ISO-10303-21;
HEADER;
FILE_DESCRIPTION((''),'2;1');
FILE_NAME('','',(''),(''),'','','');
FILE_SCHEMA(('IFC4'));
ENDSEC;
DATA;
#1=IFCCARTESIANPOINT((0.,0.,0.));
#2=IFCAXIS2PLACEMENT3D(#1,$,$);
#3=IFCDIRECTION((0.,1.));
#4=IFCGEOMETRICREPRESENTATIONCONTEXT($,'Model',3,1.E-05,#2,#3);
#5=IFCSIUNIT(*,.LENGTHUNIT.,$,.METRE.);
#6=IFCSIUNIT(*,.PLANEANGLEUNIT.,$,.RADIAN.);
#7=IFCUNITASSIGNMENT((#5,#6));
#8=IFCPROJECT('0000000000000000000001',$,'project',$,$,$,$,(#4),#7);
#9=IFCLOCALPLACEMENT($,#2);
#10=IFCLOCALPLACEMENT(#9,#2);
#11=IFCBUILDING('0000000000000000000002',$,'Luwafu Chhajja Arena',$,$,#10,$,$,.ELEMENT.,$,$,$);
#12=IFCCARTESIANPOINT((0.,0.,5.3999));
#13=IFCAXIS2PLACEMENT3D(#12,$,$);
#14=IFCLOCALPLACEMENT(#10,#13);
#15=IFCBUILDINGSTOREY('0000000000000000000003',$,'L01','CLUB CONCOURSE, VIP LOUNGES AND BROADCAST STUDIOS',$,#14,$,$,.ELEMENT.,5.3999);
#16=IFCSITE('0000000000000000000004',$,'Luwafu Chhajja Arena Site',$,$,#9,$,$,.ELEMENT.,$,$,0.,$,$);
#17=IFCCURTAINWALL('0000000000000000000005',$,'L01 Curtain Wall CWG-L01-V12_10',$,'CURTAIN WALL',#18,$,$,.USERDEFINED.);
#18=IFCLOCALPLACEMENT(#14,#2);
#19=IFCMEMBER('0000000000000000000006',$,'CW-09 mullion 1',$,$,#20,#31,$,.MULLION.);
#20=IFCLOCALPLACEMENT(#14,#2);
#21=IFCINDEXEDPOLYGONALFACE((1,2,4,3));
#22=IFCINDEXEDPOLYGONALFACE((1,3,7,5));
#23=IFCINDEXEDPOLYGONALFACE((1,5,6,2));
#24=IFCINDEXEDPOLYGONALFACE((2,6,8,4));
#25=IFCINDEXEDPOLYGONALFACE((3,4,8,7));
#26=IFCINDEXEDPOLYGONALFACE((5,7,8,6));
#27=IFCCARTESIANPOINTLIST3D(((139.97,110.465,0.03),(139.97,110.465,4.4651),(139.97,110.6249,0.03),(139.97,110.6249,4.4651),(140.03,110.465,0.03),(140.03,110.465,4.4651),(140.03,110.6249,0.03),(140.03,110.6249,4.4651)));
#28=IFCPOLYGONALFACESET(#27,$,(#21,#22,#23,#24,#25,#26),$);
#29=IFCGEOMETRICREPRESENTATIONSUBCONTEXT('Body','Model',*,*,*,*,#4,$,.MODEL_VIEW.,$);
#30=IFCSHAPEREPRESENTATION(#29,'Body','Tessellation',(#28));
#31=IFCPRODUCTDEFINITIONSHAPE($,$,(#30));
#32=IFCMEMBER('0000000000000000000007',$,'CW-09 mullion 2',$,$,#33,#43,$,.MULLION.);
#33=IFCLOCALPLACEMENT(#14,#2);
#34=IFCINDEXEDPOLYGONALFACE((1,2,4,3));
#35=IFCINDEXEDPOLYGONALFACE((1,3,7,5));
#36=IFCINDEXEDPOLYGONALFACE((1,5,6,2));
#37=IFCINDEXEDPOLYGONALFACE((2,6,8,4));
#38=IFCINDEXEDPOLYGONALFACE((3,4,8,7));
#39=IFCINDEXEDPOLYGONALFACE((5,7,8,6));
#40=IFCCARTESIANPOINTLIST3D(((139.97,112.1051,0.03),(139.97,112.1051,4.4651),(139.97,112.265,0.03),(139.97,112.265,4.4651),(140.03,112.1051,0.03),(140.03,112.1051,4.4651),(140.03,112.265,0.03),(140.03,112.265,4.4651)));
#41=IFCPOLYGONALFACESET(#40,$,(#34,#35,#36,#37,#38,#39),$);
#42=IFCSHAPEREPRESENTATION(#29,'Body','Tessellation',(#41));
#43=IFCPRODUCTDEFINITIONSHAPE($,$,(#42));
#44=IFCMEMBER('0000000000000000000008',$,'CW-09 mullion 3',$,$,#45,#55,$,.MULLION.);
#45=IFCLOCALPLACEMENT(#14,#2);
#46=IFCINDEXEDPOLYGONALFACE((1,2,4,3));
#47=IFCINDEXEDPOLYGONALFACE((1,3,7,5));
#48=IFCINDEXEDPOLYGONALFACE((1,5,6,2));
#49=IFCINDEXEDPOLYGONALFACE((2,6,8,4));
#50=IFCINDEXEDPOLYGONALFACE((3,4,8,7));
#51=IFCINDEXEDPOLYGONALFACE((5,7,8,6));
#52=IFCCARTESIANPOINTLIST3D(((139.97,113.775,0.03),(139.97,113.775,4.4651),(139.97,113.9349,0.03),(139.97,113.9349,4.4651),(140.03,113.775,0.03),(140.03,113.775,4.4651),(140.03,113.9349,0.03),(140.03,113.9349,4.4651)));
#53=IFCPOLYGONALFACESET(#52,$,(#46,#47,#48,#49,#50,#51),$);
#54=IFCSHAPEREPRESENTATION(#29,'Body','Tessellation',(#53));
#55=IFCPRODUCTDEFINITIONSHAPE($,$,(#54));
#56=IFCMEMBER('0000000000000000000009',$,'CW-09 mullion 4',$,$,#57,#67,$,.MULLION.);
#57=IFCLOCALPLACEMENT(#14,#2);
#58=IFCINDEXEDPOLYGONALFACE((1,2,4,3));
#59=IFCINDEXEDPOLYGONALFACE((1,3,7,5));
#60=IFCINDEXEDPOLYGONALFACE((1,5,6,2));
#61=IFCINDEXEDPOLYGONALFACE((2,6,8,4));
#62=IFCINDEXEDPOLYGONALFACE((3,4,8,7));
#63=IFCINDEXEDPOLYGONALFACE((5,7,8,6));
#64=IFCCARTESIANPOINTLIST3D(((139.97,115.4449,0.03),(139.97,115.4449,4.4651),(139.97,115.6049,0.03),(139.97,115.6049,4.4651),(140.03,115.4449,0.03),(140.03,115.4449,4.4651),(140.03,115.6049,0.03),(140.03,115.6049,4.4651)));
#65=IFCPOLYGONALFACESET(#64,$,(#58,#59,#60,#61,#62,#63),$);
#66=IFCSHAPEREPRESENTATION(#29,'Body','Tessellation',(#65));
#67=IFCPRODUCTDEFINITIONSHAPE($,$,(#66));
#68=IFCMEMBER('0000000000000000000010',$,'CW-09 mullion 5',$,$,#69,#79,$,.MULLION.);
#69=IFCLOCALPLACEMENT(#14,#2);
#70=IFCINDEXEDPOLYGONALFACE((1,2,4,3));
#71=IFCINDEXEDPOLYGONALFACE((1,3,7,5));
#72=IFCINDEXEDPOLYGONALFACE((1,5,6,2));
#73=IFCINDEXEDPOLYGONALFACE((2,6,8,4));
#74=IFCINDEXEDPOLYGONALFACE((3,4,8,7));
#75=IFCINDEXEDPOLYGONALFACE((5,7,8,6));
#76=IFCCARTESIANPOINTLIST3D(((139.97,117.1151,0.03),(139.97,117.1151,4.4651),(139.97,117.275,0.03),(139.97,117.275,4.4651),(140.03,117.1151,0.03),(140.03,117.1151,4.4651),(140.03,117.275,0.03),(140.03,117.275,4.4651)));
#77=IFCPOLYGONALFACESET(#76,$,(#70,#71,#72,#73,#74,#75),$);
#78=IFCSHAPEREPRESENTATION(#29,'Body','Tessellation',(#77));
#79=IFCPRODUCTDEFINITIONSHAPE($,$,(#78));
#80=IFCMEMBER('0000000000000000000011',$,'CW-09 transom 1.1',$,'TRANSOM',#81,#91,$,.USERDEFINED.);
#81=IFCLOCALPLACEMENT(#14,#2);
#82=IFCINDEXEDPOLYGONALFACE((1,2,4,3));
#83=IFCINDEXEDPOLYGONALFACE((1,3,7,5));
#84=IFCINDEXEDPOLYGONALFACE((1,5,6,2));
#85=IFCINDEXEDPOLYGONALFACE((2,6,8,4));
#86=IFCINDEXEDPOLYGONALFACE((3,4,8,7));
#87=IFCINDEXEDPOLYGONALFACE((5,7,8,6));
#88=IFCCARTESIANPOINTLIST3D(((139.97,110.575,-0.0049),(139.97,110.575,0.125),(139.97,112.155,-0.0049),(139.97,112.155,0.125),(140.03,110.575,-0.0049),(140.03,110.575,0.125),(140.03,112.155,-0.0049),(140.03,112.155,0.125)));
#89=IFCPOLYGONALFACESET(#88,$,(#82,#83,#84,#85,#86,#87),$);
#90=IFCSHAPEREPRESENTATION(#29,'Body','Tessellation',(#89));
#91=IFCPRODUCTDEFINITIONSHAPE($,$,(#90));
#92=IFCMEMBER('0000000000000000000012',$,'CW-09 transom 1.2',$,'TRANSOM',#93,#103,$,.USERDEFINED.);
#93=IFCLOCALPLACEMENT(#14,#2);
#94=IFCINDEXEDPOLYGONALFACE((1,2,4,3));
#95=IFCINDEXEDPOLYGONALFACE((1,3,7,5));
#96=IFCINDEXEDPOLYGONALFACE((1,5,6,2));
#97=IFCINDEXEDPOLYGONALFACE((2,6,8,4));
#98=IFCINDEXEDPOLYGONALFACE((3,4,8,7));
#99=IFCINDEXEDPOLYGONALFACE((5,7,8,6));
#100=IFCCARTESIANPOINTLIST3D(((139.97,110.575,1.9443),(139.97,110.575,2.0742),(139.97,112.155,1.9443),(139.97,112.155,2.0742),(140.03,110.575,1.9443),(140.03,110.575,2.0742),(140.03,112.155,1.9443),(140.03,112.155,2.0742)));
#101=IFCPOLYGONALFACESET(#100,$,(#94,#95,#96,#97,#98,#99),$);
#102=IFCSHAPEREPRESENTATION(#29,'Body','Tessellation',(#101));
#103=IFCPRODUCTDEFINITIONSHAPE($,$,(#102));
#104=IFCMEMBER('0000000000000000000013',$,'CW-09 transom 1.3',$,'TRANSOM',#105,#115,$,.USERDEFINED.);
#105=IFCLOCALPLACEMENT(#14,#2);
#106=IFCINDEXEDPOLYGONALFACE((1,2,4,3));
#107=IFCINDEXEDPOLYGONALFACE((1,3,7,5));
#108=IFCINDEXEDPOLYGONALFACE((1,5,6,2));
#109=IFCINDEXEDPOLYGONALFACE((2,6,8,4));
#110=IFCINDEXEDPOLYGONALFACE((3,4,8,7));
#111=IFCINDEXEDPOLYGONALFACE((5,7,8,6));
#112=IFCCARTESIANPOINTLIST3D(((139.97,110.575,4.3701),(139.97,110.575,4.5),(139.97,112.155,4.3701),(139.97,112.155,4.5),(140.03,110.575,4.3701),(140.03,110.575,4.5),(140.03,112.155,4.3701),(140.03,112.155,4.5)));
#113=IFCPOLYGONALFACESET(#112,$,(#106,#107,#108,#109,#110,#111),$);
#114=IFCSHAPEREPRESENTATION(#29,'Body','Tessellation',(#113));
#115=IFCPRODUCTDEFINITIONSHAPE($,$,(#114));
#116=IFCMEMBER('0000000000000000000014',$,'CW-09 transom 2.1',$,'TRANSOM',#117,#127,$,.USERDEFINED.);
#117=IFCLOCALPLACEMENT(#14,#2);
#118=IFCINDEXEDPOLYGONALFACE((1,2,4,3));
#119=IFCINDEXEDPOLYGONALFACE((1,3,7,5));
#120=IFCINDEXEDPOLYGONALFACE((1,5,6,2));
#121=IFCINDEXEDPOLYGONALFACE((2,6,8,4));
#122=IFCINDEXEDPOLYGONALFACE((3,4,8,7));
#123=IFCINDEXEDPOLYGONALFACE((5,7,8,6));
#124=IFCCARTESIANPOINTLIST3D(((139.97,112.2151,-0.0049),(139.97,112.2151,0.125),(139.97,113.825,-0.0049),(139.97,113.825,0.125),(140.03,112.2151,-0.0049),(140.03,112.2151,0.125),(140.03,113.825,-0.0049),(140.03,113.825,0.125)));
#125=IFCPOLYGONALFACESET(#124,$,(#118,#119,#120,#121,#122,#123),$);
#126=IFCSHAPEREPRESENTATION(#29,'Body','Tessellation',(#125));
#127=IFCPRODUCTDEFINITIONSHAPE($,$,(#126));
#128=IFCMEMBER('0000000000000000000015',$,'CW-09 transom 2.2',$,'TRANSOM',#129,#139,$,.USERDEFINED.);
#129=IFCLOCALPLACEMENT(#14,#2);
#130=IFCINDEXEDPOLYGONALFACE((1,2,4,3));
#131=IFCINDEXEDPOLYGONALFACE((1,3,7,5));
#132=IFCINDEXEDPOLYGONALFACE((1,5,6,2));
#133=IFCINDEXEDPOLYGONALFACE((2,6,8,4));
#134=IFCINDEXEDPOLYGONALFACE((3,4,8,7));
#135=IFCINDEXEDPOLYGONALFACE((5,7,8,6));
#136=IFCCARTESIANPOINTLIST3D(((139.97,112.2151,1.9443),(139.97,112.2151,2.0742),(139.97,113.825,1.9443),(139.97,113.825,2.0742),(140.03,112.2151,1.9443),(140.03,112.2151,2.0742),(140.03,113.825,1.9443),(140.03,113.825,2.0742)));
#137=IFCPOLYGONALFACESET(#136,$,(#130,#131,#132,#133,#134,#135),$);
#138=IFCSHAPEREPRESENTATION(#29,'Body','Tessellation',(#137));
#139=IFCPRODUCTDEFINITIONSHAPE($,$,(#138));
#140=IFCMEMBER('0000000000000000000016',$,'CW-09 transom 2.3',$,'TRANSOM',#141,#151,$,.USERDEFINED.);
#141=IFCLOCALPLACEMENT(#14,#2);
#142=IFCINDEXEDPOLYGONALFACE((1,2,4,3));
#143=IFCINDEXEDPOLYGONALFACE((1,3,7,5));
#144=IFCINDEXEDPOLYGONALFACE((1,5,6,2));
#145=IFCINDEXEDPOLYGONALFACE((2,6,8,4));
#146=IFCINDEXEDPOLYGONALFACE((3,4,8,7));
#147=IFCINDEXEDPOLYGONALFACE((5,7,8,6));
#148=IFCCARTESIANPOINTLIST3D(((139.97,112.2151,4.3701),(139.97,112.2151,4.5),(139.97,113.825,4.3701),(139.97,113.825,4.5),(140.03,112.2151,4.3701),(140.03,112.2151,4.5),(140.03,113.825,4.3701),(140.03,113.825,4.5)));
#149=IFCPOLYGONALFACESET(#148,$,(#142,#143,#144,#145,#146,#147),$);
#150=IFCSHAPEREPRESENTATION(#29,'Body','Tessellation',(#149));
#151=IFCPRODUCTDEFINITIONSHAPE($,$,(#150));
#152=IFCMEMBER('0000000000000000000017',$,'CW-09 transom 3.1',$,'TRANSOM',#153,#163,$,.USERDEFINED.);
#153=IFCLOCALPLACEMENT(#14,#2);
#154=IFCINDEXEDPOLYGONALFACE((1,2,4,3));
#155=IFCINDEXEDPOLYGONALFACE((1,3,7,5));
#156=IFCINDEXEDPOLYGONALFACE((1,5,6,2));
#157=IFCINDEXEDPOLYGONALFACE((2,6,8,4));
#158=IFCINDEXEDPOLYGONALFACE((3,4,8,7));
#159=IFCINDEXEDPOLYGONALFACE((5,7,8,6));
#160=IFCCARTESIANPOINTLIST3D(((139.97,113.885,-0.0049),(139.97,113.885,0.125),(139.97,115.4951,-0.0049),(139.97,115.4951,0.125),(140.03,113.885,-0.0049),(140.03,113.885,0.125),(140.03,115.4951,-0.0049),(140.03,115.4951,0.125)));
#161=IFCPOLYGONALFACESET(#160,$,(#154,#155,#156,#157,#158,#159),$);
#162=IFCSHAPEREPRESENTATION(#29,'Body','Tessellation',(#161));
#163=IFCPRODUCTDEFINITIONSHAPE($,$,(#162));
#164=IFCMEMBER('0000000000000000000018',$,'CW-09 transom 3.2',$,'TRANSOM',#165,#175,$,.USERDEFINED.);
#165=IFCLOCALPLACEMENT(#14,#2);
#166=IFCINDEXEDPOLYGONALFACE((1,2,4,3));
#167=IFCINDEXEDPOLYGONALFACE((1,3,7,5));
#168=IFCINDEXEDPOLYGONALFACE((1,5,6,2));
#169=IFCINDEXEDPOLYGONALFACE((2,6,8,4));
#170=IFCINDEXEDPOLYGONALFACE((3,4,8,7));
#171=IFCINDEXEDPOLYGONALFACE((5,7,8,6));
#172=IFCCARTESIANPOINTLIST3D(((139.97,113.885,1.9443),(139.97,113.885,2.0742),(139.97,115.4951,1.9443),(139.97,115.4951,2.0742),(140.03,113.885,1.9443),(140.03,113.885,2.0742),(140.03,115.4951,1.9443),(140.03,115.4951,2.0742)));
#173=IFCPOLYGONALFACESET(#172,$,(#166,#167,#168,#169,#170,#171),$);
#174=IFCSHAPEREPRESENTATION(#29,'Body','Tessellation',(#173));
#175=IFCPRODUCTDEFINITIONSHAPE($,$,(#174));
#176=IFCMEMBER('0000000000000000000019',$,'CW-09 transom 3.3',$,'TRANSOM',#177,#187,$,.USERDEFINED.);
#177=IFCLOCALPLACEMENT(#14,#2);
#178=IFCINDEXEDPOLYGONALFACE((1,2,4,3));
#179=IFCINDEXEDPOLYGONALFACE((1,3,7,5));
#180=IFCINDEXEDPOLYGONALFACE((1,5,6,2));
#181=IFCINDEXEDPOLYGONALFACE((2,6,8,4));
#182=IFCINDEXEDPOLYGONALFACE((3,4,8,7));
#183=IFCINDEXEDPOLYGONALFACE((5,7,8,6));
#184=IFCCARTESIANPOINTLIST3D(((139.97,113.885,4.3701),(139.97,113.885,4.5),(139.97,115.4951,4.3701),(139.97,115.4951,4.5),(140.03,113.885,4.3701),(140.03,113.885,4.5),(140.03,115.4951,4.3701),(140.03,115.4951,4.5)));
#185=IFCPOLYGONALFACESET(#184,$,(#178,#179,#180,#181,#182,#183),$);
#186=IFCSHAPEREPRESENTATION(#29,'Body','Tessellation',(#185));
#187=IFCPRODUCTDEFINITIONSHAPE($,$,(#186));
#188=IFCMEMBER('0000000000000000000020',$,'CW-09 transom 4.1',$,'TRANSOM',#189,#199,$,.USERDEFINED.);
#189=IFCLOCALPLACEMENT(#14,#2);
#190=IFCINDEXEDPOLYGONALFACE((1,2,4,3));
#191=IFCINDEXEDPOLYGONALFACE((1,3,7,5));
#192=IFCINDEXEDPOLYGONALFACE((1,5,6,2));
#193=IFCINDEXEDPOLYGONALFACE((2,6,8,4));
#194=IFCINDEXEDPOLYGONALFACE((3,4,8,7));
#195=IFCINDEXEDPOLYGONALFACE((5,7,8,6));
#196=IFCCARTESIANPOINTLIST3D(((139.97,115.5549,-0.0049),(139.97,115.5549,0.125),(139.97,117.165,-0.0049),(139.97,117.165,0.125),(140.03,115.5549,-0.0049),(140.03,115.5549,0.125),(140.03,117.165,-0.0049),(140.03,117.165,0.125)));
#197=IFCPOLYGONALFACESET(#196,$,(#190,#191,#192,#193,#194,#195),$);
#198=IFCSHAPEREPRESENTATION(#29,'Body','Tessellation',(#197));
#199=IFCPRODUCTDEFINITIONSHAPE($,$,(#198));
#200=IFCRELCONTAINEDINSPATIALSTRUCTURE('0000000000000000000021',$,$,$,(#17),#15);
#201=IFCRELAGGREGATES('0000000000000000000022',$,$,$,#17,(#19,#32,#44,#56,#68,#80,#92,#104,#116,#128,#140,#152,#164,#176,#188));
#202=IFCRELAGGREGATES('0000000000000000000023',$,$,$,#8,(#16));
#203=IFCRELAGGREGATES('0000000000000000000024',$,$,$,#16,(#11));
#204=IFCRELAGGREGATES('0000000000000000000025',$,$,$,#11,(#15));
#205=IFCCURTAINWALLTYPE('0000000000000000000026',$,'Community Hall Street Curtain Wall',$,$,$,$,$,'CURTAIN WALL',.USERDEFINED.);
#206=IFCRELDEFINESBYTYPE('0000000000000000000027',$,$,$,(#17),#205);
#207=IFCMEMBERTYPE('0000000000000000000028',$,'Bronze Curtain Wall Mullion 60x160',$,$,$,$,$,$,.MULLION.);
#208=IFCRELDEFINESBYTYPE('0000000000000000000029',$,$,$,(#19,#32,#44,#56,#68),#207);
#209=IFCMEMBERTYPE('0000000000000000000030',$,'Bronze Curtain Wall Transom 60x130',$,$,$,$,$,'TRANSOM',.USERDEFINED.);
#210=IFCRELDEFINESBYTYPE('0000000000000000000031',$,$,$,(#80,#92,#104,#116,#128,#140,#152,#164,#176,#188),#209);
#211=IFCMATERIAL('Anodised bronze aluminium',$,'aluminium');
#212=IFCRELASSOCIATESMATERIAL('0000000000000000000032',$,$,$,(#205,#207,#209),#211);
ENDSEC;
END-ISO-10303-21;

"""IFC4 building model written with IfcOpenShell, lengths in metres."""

from ifc_helpers import new_model, si_unit, direction, frame, origin, origin_2d, place, context, subcontext, project, spatial, rectangle, extrude, material, material_profile, profile_set, type_object, element, aggregate, save


model = new_model("IFC4")

# Units and contexts
model_context = context("Model", 3, precision=1e-05, world=origin(), true_north=direction((0.0, 1.0)))
body_context = subcontext(model_context, "Body", "Model", "MODEL_VIEW")
ifc_project = project(units=[si_unit("LENGTHUNIT", "METRE"), si_unit("PLANEANGLEUNIT", "RADIAN")], contexts=[model_context])

# Site, building, storey
site_placement = place(None, origin())
site = spatial("IfcSite", under=ifc_project, at=site_placement, Name="Luwafu Chhajja Arena Site", CompositionType="ELEMENT", RefElevation=0.0)
building_placement = place(site_placement, origin())
building = spatial("IfcBuilding", under=site, at=building_placement, Name="Luwafu Chhajja Arena", CompositionType="ELEMENT")
storey_placement = place(building_placement, frame((0.0, 0.0, 5.3999)))
storey = spatial("IfcBuildingStorey", under=building, at=storey_placement, Name="L01", Description="CLUB CONCOURSE, VIP LOUNGES AND BROADCAST STUDIOS", CompositionType="ELEMENT", Elevation=5.3999)

# Curtain wall, members
ifc_material_1 = material(Name="Anodised bronze aluminium", Category="aluminium")
curtain_wall_type = type_object("IfcCurtainWallType", Name="Community Hall Street Curtain Wall", ElementType="CURTAIN WALL", PredefinedType="USERDEFINED", material=ifc_material_1)
curtain_wall_placement = place(storey_placement, origin())
curtain_wall = element("IfcCurtainWall", 1, at=curtain_wall_placement, inside=storey, type_object=curtain_wall_type, Name="L01 Curtain Wall CWG-L01-V12_10", ObjectType="CURTAIN WALL", PredefinedType="USERDEFINED")
ifc_material_profile_1 = material_profile(ifc_material_1, rectangle(XDim=0.0601, YDim=0.1599, at=origin_2d()), Name="CWM 60x160")
ifc_profile_set_1 = profile_set([ifc_material_profile_1], Name="Anodised bronze aluminium")
member_type_1 = type_object("IfcMemberType", Name="Bronze Curtain Wall Mullion 60x160", PredefinedType="MULLION", material=ifc_profile_set_1)
member_1_placement = place(storey_placement, frame((140.0, 110.5449, 0.03), z_axis=(0.0, 0.0, 1.0), x_axis=(-1.0, 0.0, 0.0)))
member_1 = element("IfcMember", 2, at=member_1_placement, type_object=member_type_1, Name="CW-09 mullion 1", PredefinedType="MULLION", context=body_context, shape_type="SweptSolid", body=[
    extrude(rectangle(XDim=0.0601, YDim=0.1599, at=origin_2d()), origin(), (0.0, 0.0, 1.0), 4.4351),
])
member_2_placement = place(storey_placement, frame((140.0, 112.1851, 0.03), z_axis=(0.0, 0.0, 1.0), x_axis=(-1.0, 0.0, 0.0)))
member_2 = element("IfcMember", 3, at=member_2_placement, type_object=member_type_1, Name="CW-09 mullion 2", PredefinedType="MULLION", context=body_context, shape_type="SweptSolid", body=[
    extrude(rectangle(XDim=0.0601, YDim=0.1599, at=origin_2d()), origin(), (0.0, 0.0, 1.0), 4.4351),
])
member_3_placement = place(storey_placement, frame((140.0, 113.855, 0.03), z_axis=(0.0, 0.0, 1.0), x_axis=(-1.0, 0.0, 0.0)))
member_3 = element("IfcMember", 4, at=member_3_placement, type_object=member_type_1, Name="CW-09 mullion 3", PredefinedType="MULLION", context=body_context, shape_type="SweptSolid", body=[
    extrude(rectangle(XDim=0.0601, YDim=0.1599, at=origin_2d()), origin(), (0.0, 0.0, 1.0), 4.4351),
])
member_4_placement = place(storey_placement, frame((140.0, 115.5249, 0.03), z_axis=(0.0, 0.0, 1.0), x_axis=(-1.0, 0.0, 0.0)))
member_4 = element("IfcMember", 5, at=member_4_placement, type_object=member_type_1, Name="CW-09 mullion 4", PredefinedType="MULLION", context=body_context, shape_type="SweptSolid", body=[
    extrude(rectangle(XDim=0.0601, YDim=0.1599, at=origin_2d()), origin(), (0.0, 0.0, 1.0), 4.4351),
])
member_5_placement = place(storey_placement, frame((140.0, 117.1951, 0.03), z_axis=(0.0, 0.0, 1.0), x_axis=(-1.0, 0.0, 0.0)))
member_5 = element("IfcMember", 6, at=member_5_placement, type_object=member_type_1, Name="CW-09 mullion 5", PredefinedType="MULLION", context=body_context, shape_type="SweptSolid", body=[
    extrude(rectangle(XDim=0.0601, YDim=0.1599, at=origin_2d()), origin(), (0.0, 0.0, 1.0), 4.4351),
])
ifc_material_profile_2 = material_profile(ifc_material_1, rectangle(XDim=0.0601, YDim=0.1299, at=origin_2d()), Name="CWT 60x130")
ifc_profile_set_2 = profile_set([ifc_material_profile_2], Name="Anodised bronze aluminium")
member_type_2 = type_object("IfcMemberType", Name="Bronze Curtain Wall Transom 60x130", ElementType="TRANSOM", PredefinedType="USERDEFINED", material=ifc_profile_set_2)
member_6_placement = place(storey_placement, frame((140.0, 110.575, 0.0601), z_axis=(0.0, 1.0, 0.0), x_axis=(-1.0, 0.0, 0.0)))
member_6 = element("IfcMember", 7, at=member_6_placement, type_object=member_type_2, Name="CW-09 transom 1.1", ObjectType="TRANSOM", PredefinedType="USERDEFINED", context=body_context, shape_type="SweptSolid", body=[
    extrude(rectangle(XDim=0.0601, YDim=0.1299, at=origin_2d()), origin(), (0.0, 0.0, 1.0), 1.5801),
])
member_7_placement = place(storey_placement, frame((140.0, 110.575, 2.0093), z_axis=(0.0, 1.0, 0.0), x_axis=(-1.0, 0.0, 0.0)))
member_7 = element("IfcMember", 8, at=member_7_placement, type_object=member_type_2, Name="CW-09 transom 1.2", ObjectType="TRANSOM", PredefinedType="USERDEFINED", context=body_context, shape_type="SweptSolid", body=[
    extrude(rectangle(XDim=0.0601, YDim=0.1299, at=origin_2d()), origin(), (0.0, 0.0, 1.0), 1.5801),
])
member_8_placement = place(storey_placement, frame((140.0, 110.575, 4.4351), z_axis=(0.0, 1.0, 0.0), x_axis=(-1.0, 0.0, 0.0)))
member_8 = element("IfcMember", 9, at=member_8_placement, type_object=member_type_2, Name="CW-09 transom 1.3", ObjectType="TRANSOM", PredefinedType="USERDEFINED", context=body_context, shape_type="SweptSolid", body=[
    extrude(rectangle(XDim=0.0601, YDim=0.1299, at=origin_2d()), origin(), (0.0, 0.0, 1.0), 1.5801),
])
member_9_placement = place(storey_placement, frame((140.0, 112.2151, 0.0601), z_axis=(0.0, 1.0, 0.0), x_axis=(-1.0, 0.0, 0.0)))
member_9 = element("IfcMember", 10, at=member_9_placement, type_object=member_type_2, Name="CW-09 transom 2.1", ObjectType="TRANSOM", PredefinedType="USERDEFINED", context=body_context, shape_type="SweptSolid", body=[
    extrude(rectangle(XDim=0.0601, YDim=0.1299, at=origin_2d()), origin(), (0.0, 0.0, 1.0), 1.6099),
])
member_10_placement = place(storey_placement, frame((140.0, 112.2151, 2.0093), z_axis=(0.0, 1.0, 0.0), x_axis=(-1.0, 0.0, 0.0)))
member_10 = element("IfcMember", 11, at=member_10_placement, type_object=member_type_2, Name="CW-09 transom 2.2", ObjectType="TRANSOM", PredefinedType="USERDEFINED", context=body_context, shape_type="SweptSolid", body=[
    extrude(rectangle(XDim=0.0601, YDim=0.1299, at=origin_2d()), origin(), (0.0, 0.0, 1.0), 1.6099),
])
member_11_placement = place(storey_placement, frame((140.0, 112.2151, 4.4351), z_axis=(0.0, 1.0, 0.0), x_axis=(-1.0, 0.0, 0.0)))
member_11 = element("IfcMember", 12, at=member_11_placement, type_object=member_type_2, Name="CW-09 transom 2.3", ObjectType="TRANSOM", PredefinedType="USERDEFINED", context=body_context, shape_type="SweptSolid", body=[
    extrude(rectangle(XDim=0.0601, YDim=0.1299, at=origin_2d()), origin(), (0.0, 0.0, 1.0), 1.6099),
])
member_12_placement = place(storey_placement, frame((140.0, 113.885, 0.0601), z_axis=(0.0, 1.0, 0.0), x_axis=(-1.0, 0.0, 0.0)))
member_12 = element("IfcMember", 13, at=member_12_placement, type_object=member_type_2, Name="CW-09 transom 3.1", ObjectType="TRANSOM", PredefinedType="USERDEFINED", context=body_context, shape_type="SweptSolid", body=[
    extrude(rectangle(XDim=0.0601, YDim=0.1299, at=origin_2d()), origin(), (0.0, 0.0, 1.0), 1.6101),
])
member_13_placement = place(storey_placement, frame((140.0, 113.885, 2.0093), z_axis=(0.0, 1.0, 0.0), x_axis=(-1.0, 0.0, 0.0)))
member_13 = element("IfcMember", 14, at=member_13_placement, type_object=member_type_2, Name="CW-09 transom 3.2", ObjectType="TRANSOM", PredefinedType="USERDEFINED", context=body_context, shape_type="SweptSolid", body=[
    extrude(rectangle(XDim=0.0601, YDim=0.1299, at=origin_2d()), origin(), (0.0, 0.0, 1.0), 1.6101),
])
member_14_placement = place(storey_placement, frame((140.0, 113.885, 4.4351), z_axis=(0.0, 1.0, 0.0), x_axis=(-1.0, 0.0, 0.0)))
member_14 = element("IfcMember", 15, at=member_14_placement, type_object=member_type_2, Name="CW-09 transom 3.3", ObjectType="TRANSOM", PredefinedType="USERDEFINED", context=body_context, shape_type="SweptSolid", body=[
    extrude(rectangle(XDim=0.0601, YDim=0.1299, at=origin_2d()), origin(), (0.0, 0.0, 1.0), 1.6101),
])
member_15_placement = place(storey_placement, frame((140.0, 115.5549, 0.0601), z_axis=(0.0, 1.0, 0.0), x_axis=(-1.0, 0.0, 0.0)))
member_15 = element("IfcMember", 16, at=member_15_placement, type_object=member_type_2, Name="CW-09 transom 4.1", ObjectType="TRANSOM", PredefinedType="USERDEFINED", context=body_context, shape_type="SweptSolid", body=[
    extrude(rectangle(XDim=0.0601, YDim=0.1299, at=origin_2d()), origin(), (0.0, 0.0, 1.0), 1.6101),
])

aggregate(curtain_wall, [member_1, member_2, member_3, member_4, member_5, member_6, member_7, member_8, member_9, member_10, member_11, member_12, member_13, member_14, member_15])

save(model, "model.ifc")
